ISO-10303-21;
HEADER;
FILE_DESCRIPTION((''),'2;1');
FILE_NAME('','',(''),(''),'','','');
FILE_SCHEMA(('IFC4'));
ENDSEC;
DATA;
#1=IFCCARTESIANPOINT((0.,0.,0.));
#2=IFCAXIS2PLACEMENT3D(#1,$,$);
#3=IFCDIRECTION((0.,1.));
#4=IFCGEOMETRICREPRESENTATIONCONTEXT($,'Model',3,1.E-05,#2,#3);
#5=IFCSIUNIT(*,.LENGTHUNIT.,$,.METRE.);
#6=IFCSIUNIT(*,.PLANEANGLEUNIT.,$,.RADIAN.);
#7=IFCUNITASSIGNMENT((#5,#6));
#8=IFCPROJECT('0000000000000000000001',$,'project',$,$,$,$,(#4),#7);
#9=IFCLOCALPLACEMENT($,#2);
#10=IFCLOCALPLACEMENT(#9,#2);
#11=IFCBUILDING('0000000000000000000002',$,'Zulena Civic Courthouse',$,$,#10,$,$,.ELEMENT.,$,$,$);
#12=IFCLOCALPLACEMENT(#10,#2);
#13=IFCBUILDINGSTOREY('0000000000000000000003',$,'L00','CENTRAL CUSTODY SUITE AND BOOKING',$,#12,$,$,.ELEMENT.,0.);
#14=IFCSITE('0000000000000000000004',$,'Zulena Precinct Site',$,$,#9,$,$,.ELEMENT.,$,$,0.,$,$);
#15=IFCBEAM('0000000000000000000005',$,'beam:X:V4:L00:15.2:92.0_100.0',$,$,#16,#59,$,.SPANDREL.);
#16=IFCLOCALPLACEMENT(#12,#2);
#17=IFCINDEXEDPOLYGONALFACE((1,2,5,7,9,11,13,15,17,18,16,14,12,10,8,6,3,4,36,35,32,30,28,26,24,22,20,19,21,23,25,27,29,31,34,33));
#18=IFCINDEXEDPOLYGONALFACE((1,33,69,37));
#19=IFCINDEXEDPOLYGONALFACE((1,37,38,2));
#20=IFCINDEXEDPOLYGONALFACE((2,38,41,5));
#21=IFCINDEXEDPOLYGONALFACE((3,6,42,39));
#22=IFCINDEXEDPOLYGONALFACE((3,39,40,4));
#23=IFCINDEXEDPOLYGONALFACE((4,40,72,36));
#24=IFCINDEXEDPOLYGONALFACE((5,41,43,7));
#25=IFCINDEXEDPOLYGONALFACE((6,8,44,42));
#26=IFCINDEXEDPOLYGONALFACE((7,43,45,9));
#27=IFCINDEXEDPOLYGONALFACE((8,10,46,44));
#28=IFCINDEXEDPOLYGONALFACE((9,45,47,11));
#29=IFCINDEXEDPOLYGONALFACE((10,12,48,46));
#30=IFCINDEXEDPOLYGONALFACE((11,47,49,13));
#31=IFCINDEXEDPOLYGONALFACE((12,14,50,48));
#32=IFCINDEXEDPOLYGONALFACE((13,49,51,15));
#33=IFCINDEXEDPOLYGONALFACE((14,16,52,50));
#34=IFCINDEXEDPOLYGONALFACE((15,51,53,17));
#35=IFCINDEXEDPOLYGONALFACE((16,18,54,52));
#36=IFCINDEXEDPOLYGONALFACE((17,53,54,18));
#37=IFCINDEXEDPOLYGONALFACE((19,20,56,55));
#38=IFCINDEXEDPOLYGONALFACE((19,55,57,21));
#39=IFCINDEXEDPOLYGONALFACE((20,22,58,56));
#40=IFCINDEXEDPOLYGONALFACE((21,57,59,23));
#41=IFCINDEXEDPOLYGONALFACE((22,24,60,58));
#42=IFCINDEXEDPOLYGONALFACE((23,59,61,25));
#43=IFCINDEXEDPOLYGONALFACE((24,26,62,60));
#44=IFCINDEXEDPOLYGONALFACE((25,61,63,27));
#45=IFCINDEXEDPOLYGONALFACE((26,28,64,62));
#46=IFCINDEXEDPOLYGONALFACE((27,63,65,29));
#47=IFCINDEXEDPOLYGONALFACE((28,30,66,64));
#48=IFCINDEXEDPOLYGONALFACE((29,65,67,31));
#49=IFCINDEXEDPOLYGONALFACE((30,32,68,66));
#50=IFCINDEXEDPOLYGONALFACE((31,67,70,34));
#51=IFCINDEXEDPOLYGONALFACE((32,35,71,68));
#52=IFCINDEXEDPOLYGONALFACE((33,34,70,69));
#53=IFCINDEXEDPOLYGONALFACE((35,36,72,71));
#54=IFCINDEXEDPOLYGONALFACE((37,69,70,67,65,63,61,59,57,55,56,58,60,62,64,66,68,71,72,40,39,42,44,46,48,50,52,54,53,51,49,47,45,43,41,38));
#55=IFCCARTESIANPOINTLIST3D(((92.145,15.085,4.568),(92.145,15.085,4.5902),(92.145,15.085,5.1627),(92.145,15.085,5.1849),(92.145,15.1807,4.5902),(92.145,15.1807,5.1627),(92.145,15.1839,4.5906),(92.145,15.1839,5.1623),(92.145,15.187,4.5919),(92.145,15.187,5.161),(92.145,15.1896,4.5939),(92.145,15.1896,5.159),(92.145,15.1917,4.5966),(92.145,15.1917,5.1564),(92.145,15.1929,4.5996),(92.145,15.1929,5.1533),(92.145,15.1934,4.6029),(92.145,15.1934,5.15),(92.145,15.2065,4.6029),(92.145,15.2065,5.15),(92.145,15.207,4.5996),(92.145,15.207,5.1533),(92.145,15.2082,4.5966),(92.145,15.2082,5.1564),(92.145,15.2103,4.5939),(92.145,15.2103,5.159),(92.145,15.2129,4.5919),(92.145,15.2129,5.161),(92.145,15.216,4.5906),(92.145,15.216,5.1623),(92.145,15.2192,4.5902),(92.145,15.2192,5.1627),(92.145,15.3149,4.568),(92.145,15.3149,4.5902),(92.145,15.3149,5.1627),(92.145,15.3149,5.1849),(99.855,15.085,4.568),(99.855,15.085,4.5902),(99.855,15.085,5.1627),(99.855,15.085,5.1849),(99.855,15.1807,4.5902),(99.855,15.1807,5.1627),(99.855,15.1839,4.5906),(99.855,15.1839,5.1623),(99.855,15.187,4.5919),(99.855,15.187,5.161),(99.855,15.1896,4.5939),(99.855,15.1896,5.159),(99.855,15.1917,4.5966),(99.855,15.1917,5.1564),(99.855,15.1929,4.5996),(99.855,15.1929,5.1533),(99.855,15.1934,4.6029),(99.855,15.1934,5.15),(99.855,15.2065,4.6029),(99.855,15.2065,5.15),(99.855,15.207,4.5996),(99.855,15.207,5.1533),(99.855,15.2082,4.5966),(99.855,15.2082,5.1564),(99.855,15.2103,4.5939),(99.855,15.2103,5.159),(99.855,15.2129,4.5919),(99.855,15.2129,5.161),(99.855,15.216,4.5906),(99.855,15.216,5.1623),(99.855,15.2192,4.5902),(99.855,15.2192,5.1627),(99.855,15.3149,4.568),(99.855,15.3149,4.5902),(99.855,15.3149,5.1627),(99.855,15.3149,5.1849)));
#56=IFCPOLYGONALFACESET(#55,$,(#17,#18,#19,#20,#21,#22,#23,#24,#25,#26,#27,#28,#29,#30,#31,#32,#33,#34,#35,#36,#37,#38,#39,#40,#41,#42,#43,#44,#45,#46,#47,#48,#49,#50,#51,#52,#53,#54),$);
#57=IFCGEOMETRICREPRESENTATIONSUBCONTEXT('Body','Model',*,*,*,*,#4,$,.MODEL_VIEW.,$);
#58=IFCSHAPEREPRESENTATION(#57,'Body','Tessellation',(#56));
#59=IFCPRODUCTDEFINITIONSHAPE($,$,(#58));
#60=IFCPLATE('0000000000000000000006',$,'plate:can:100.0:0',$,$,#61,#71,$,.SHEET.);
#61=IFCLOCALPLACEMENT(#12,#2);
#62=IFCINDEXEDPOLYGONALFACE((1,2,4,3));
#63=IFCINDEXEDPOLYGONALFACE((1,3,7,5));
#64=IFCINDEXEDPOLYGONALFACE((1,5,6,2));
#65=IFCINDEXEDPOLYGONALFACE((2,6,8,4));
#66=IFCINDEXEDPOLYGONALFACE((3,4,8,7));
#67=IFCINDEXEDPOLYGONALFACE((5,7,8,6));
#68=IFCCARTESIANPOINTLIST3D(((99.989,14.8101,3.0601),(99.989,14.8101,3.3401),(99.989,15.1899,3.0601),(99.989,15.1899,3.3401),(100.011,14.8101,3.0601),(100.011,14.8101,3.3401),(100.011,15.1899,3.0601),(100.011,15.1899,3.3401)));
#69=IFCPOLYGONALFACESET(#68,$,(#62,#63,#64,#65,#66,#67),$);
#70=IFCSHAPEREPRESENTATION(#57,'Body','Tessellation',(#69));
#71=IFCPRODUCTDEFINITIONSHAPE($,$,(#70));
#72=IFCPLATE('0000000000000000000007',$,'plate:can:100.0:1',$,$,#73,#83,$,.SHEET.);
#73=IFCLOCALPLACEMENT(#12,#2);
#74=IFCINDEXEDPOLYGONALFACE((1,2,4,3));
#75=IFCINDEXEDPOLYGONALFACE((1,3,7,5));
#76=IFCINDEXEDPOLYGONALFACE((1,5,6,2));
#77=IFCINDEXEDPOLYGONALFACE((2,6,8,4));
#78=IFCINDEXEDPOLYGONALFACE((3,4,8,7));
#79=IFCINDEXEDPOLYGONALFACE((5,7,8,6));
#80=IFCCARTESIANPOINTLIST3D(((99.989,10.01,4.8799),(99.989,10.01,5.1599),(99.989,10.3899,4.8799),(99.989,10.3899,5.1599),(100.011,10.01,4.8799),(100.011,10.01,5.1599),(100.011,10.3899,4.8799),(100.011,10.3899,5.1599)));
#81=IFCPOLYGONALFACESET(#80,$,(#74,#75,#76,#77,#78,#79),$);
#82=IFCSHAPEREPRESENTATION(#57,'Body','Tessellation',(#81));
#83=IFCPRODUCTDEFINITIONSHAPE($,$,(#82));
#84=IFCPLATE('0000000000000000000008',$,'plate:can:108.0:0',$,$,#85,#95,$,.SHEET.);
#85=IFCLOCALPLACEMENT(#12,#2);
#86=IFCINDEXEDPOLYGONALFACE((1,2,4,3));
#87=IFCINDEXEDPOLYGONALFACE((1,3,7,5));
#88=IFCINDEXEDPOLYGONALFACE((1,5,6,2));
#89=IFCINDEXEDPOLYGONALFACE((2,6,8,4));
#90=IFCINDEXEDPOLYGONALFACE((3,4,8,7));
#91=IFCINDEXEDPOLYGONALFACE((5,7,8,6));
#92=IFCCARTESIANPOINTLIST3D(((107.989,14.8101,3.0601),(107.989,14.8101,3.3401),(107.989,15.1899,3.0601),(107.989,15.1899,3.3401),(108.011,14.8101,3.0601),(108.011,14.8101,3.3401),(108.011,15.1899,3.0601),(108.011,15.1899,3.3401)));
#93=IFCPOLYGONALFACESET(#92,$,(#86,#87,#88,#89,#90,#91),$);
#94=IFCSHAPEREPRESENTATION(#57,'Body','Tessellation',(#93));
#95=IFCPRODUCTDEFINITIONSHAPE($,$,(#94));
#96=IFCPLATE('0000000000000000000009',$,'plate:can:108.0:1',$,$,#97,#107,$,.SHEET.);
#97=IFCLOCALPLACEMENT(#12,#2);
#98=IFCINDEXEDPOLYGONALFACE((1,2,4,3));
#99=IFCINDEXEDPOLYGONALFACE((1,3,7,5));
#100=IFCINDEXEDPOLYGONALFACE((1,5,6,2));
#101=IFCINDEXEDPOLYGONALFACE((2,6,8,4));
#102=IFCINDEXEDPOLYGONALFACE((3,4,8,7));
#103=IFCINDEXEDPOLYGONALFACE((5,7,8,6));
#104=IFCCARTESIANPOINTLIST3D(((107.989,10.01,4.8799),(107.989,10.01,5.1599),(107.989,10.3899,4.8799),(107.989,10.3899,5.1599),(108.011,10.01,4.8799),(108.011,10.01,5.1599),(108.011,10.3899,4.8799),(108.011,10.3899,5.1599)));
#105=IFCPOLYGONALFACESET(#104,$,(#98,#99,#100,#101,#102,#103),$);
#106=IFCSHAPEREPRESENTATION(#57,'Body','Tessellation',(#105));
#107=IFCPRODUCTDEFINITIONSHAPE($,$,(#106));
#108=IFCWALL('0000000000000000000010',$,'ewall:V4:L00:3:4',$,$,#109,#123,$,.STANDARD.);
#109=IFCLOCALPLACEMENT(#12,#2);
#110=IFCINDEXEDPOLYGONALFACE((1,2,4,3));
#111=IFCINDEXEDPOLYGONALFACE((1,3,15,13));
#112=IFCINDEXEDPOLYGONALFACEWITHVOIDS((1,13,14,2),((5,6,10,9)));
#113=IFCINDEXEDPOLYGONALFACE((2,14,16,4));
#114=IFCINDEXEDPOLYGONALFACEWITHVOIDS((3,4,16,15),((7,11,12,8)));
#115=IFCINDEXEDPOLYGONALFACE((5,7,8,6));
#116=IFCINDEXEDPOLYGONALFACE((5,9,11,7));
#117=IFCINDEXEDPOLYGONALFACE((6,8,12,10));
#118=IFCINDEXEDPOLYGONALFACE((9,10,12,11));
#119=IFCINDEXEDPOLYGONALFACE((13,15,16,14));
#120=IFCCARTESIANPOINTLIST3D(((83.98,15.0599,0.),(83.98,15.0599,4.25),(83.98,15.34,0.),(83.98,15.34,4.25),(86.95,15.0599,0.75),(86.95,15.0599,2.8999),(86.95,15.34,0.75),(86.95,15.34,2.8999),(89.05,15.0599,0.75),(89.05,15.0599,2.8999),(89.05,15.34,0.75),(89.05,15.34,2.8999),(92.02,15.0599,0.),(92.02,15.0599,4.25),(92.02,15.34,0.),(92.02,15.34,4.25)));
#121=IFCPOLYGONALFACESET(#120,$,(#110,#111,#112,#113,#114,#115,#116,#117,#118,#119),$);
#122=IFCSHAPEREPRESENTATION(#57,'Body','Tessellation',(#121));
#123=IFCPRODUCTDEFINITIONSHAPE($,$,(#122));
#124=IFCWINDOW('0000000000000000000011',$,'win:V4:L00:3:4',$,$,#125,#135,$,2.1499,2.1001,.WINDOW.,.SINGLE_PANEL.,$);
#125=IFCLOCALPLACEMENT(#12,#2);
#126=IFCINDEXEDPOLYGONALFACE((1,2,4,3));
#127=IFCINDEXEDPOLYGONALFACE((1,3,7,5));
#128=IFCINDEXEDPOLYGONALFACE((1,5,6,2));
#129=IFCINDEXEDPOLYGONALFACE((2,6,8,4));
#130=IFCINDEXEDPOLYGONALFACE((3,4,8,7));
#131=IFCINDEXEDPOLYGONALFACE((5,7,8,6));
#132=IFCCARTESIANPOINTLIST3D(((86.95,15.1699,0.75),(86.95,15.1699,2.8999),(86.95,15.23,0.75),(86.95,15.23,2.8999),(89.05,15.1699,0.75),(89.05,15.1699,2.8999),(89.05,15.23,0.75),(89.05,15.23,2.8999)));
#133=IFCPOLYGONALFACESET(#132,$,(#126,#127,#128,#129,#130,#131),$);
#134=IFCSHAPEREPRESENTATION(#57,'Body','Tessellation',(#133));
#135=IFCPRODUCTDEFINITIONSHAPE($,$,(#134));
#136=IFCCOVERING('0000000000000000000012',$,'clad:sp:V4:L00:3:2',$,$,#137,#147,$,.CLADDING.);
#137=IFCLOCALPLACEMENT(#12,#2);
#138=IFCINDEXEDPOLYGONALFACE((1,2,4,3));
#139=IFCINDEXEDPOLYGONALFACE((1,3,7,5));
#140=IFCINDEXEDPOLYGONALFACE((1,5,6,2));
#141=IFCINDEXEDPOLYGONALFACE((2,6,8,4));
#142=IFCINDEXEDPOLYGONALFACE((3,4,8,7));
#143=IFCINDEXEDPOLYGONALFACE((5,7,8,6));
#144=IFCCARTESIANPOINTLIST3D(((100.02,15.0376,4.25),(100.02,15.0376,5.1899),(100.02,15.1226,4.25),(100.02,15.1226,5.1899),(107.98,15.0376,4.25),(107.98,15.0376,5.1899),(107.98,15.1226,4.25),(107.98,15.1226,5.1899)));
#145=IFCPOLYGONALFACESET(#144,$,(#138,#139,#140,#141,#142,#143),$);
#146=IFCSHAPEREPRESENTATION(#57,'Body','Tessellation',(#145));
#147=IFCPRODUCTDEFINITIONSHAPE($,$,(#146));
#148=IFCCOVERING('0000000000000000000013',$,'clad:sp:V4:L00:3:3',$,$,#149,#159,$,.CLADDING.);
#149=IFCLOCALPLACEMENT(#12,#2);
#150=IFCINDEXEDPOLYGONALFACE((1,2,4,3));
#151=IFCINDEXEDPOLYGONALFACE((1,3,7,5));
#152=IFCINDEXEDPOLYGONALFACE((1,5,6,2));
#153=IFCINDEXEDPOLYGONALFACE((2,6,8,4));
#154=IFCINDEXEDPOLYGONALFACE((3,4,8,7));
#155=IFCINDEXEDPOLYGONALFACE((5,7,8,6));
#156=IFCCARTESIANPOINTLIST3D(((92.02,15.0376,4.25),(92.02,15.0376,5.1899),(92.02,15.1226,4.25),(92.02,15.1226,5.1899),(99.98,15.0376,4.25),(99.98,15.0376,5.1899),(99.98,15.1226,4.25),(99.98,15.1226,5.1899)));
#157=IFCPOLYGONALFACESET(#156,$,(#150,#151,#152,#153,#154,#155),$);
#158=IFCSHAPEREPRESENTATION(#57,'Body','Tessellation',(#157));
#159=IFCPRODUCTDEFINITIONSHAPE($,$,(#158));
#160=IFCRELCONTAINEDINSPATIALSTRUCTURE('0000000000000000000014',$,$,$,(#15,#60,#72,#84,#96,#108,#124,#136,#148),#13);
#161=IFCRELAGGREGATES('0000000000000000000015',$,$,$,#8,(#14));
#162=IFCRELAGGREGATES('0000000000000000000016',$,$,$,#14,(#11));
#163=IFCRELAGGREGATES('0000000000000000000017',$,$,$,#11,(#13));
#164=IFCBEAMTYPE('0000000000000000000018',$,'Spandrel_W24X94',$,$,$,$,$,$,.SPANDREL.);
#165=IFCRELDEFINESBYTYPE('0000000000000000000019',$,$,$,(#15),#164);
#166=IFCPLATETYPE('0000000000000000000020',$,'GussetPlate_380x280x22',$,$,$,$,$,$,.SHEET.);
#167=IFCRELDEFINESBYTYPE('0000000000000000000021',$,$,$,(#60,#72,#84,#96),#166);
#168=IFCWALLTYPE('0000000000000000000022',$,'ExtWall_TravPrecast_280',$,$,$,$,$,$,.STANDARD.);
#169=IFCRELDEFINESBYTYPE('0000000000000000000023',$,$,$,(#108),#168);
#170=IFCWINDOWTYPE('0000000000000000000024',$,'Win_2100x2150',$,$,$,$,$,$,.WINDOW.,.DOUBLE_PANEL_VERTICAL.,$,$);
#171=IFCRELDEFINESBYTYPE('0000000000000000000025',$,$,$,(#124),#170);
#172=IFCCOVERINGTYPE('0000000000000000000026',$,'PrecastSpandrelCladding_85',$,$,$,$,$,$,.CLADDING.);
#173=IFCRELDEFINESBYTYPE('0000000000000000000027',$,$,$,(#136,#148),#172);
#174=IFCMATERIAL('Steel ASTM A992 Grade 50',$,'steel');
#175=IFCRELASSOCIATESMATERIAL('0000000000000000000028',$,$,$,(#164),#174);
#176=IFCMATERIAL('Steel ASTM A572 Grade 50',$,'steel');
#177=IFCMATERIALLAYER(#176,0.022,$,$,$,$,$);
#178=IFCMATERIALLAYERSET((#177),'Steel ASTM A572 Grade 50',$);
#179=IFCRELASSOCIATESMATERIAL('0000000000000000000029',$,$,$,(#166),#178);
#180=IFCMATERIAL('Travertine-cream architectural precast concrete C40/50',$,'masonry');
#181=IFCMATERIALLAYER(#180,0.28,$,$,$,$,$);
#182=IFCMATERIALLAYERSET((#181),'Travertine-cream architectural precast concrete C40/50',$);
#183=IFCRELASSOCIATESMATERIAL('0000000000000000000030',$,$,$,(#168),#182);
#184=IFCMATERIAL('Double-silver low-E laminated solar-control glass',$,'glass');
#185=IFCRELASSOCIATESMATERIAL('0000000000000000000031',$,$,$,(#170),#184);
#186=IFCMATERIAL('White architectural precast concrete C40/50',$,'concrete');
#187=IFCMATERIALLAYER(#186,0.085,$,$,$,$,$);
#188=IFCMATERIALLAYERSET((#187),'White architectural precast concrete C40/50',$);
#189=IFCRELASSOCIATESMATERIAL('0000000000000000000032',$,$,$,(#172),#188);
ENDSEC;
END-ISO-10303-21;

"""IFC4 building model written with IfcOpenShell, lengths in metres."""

from ifc_helpers import new_model, si_unit, direction, frame, frame_2d, origin, origin_2d, place, context, subcontext, project, spatial, rectangle, i_section, extrude, material, layer, layer_set, material_profile, profile_set, type_object, element, fill, save


model = new_model("IFC4")

# Units and contexts
model_context = context("Model", 3, precision=1e-05, world=origin(), true_north=direction((0.0, 1.0)))
body_context = subcontext(model_context, "Body", "Model", "MODEL_VIEW")
ifc_project = project(units=[si_unit("LENGTHUNIT", "METRE"), si_unit("PLANEANGLEUNIT", "RADIAN")], contexts=[model_context])

# Site, building, storey
site_placement = place(None, origin())
site = spatial("IfcSite", under=ifc_project, at=site_placement, Name="Zulena Precinct Site", CompositionType="ELEMENT", RefElevation=0.0)
building_placement = place(site_placement, origin())
building = spatial("IfcBuilding", under=site, at=building_placement, Name="Zulena Civic Courthouse", CompositionType="ELEMENT")
storey_placement = place(building_placement, origin())
storey = spatial("IfcBuildingStorey", under=building, at=storey_placement, Name="L00", Description="CENTRAL CUSTODY SUITE AND BOOKING", CompositionType="ELEMENT", Elevation=0.0)

# Shared definitions
ifc_material_1 = material(Name="Steel ASTM A992 Grade 50", Category="steel")

# Beam
ifc_material_profile_1 = material_profile(ifc_material_1, i_section(OverallWidth=0.23, OverallDepth=0.6169, WebThickness=0.0132, FlangeThickness=0.0222, FilletRadius=0.0127, at=origin_2d()), Name="W24X94")
ifc_profile_set_1 = profile_set([ifc_material_profile_1], Name="Steel ASTM A992 Grade 50")
beam_type_1 = type_object("IfcBeamType", Name="Spandrel_W24X94", PredefinedType="SPANDREL", material=ifc_profile_set_1)
beam_placement = place(storey_placement, frame((92.145, 15.2, 4.8765), z_axis=(1.0, 0.0, 0.0), x_axis=(0.0, 1.0, 0.0)))
element("IfcBeam", 1, at=beam_placement, inside=storey, type_object=beam_type_1, Name="beam:X:V4:L00:15.2:92.0_100.0", PredefinedType="SPANDREL", context=body_context, shape_type="SweptSolid", body=[
    extrude(i_section(OverallWidth=0.23, OverallDepth=0.6169, WebThickness=0.0132, FlangeThickness=0.0222, FilletRadius=0.0127, at=origin_2d()), origin(), (0.0, 0.0, 1.0), 7.71),
])

# Plates
ifc_material_2 = material(Name="Steel ASTM A572 Grade 50", Category="steel")
ifc_layer_1 = layer(ifc_material_2, 0.022)
ifc_layer_set_1 = layer_set([ifc_layer_1], Name="Steel ASTM A572 Grade 50")
plate_type = type_object("IfcPlateType", Name="GussetPlate_380x280x22", PredefinedType="SHEET", material=ifc_layer_set_1)
for number, where, z_axis, x_axis, name in (
    (2, (100.0, 15.0, 3.0601), (0.0, 0.0, 1.0), (1.0, 0.0, 0.0), "plate:can:100.0:0"),
    (3, (100.0, 10.2, 4.8799), (0.0, 0.0, 1.0), (1.0, 0.0, 0.0), "plate:can:100.0:1"),
    (4, (108.0, 15.0, 3.0601), (0.0, 0.0, 1.0), (1.0, 0.0, 0.0), "plate:can:108.0:0"),
    (5, (108.0, 10.2, 4.8799), (0.0, 0.0, 1.0), (1.0, 0.0, 0.0), "plate:can:108.0:1"),
):
    element("IfcPlate", number, at=place(storey_placement, frame(where, z_axis=z_axis, x_axis=x_axis)), inside=storey, type_object=plate_type, Name=name, PredefinedType="SHEET", context=body_context, shape_type="SweptSolid", body=[
        extrude(rectangle(XDim=0.022, YDim=0.3799, at=origin_2d()), origin(), (0.0, 0.0, 1.0), 0.28),
    ])

# Wall, opening, window
ifc_material_3 = material(Name="Travertine-cream architectural precast concrete C40/50", Category="masonry")
ifc_layer_2 = layer(ifc_material_3, 0.28)
ifc_layer_set_2 = layer_set([ifc_layer_2], Name="Travertine-cream architectural precast concrete C40/50")
wall_type = type_object("IfcWallType", Name="ExtWall_TravPrecast_280", PredefinedType="STANDARD", material=ifc_layer_set_2)
wall_placement = place(storey_placement, frame((92.02, 15.2, 0.0), z_axis=(0.0, 0.0, 1.0), x_axis=(-1.0, 0.0, 0.0)))
wall = element("IfcWall", 6, at=wall_placement, inside=storey, type_object=wall_type, Name="ewall:V4:L00:3:4", PredefinedType="STANDARD", context=body_context, shape_type="SweptSolid", body=[
    extrude(rectangle(XDim=8.04, YDim=0.28, at=frame_2d((4.02, 0.0))), origin(), (0.0, 0.0, 1.0), 4.25),
])
opening_placement = place(wall_placement, frame((2.97, 0.0, 0.75)))
opening = element("IfcOpeningElement", 7, at=opening_placement, cuts=wall, PredefinedType="OPENING", context=body_context, shape_type="SweptSolid", body=[
    extrude(rectangle(XDim=2.1001, YDim=2.1499, at=frame_2d((1.05, 1.075))), frame((0.0, 0.1499, 0.0), z_axis=(0.0, -1.0, 0.0), x_axis=(1.0, 0.0, 0.0)), (0.0, 0.0, 1.0), 0.3),
])
ifc_material_4 = material(Name="Double-silver low-E laminated solar-control glass", Category="glass")
window_type = type_object("IfcWindowType", Name="Win_2100x2150", PartitioningType="DOUBLE_PANEL_VERTICAL", PredefinedType="WINDOW", material=ifc_material_4)
window_placement = place(opening_placement, origin())
window = element("IfcWindow", 8, at=window_placement, inside=storey, type_object=window_type, Name="win:V4:L00:3:4", OverallHeight=2.1499, OverallWidth=2.1001, PartitioningType="SINGLE_PANEL", PredefinedType="WINDOW", context=body_context, shape_type="SweptSolid", body=[
    extrude(rectangle(XDim=2.1001, YDim=2.1499, at=frame_2d((1.05, 1.075))), frame((0.0, 0.03, 0.0), z_axis=(0.0, -1.0, 0.0), x_axis=(1.0, 0.0, 0.0)), (0.0, 0.0, 1.0), 0.0601),
])
fill(opening, window)

# Coverings
ifc_material_5 = material(Name="White architectural precast concrete C40/50", Category="concrete")
ifc_layer_3 = layer(ifc_material_5, 0.085)
ifc_layer_set_3 = layer_set([ifc_layer_3], Name="White architectural precast concrete C40/50")
covering_type = type_object("IfcCoveringType", Name="PrecastSpandrelCladding_85", PredefinedType="CLADDING", material=ifc_layer_set_3)
for number, where, z_axis, x_axis, name in (
    (9, (104.0, 15.0801, 4.25), (0.0, 0.0, 1.0), (-1.0, 0.0, 0.0), "clad:sp:V4:L00:3:2"),
    (10, (96.0, 15.0801, 4.25), (0.0, 0.0, 1.0), (-1.0, 0.0, 0.0), "clad:sp:V4:L00:3:3"),
):
    element("IfcCovering", number, at=place(storey_placement, frame(where, z_axis=z_axis, x_axis=x_axis)), inside=storey, type_object=covering_type, Name=name, PredefinedType="CLADDING", context=body_context, shape_type="SweptSolid", body=[
        extrude(rectangle(XDim=7.96, YDim=0.085, at=origin_2d()), origin(), (0.0, 0.0, 1.0), 0.9399),
    ])

save(model, "model.ifc")
